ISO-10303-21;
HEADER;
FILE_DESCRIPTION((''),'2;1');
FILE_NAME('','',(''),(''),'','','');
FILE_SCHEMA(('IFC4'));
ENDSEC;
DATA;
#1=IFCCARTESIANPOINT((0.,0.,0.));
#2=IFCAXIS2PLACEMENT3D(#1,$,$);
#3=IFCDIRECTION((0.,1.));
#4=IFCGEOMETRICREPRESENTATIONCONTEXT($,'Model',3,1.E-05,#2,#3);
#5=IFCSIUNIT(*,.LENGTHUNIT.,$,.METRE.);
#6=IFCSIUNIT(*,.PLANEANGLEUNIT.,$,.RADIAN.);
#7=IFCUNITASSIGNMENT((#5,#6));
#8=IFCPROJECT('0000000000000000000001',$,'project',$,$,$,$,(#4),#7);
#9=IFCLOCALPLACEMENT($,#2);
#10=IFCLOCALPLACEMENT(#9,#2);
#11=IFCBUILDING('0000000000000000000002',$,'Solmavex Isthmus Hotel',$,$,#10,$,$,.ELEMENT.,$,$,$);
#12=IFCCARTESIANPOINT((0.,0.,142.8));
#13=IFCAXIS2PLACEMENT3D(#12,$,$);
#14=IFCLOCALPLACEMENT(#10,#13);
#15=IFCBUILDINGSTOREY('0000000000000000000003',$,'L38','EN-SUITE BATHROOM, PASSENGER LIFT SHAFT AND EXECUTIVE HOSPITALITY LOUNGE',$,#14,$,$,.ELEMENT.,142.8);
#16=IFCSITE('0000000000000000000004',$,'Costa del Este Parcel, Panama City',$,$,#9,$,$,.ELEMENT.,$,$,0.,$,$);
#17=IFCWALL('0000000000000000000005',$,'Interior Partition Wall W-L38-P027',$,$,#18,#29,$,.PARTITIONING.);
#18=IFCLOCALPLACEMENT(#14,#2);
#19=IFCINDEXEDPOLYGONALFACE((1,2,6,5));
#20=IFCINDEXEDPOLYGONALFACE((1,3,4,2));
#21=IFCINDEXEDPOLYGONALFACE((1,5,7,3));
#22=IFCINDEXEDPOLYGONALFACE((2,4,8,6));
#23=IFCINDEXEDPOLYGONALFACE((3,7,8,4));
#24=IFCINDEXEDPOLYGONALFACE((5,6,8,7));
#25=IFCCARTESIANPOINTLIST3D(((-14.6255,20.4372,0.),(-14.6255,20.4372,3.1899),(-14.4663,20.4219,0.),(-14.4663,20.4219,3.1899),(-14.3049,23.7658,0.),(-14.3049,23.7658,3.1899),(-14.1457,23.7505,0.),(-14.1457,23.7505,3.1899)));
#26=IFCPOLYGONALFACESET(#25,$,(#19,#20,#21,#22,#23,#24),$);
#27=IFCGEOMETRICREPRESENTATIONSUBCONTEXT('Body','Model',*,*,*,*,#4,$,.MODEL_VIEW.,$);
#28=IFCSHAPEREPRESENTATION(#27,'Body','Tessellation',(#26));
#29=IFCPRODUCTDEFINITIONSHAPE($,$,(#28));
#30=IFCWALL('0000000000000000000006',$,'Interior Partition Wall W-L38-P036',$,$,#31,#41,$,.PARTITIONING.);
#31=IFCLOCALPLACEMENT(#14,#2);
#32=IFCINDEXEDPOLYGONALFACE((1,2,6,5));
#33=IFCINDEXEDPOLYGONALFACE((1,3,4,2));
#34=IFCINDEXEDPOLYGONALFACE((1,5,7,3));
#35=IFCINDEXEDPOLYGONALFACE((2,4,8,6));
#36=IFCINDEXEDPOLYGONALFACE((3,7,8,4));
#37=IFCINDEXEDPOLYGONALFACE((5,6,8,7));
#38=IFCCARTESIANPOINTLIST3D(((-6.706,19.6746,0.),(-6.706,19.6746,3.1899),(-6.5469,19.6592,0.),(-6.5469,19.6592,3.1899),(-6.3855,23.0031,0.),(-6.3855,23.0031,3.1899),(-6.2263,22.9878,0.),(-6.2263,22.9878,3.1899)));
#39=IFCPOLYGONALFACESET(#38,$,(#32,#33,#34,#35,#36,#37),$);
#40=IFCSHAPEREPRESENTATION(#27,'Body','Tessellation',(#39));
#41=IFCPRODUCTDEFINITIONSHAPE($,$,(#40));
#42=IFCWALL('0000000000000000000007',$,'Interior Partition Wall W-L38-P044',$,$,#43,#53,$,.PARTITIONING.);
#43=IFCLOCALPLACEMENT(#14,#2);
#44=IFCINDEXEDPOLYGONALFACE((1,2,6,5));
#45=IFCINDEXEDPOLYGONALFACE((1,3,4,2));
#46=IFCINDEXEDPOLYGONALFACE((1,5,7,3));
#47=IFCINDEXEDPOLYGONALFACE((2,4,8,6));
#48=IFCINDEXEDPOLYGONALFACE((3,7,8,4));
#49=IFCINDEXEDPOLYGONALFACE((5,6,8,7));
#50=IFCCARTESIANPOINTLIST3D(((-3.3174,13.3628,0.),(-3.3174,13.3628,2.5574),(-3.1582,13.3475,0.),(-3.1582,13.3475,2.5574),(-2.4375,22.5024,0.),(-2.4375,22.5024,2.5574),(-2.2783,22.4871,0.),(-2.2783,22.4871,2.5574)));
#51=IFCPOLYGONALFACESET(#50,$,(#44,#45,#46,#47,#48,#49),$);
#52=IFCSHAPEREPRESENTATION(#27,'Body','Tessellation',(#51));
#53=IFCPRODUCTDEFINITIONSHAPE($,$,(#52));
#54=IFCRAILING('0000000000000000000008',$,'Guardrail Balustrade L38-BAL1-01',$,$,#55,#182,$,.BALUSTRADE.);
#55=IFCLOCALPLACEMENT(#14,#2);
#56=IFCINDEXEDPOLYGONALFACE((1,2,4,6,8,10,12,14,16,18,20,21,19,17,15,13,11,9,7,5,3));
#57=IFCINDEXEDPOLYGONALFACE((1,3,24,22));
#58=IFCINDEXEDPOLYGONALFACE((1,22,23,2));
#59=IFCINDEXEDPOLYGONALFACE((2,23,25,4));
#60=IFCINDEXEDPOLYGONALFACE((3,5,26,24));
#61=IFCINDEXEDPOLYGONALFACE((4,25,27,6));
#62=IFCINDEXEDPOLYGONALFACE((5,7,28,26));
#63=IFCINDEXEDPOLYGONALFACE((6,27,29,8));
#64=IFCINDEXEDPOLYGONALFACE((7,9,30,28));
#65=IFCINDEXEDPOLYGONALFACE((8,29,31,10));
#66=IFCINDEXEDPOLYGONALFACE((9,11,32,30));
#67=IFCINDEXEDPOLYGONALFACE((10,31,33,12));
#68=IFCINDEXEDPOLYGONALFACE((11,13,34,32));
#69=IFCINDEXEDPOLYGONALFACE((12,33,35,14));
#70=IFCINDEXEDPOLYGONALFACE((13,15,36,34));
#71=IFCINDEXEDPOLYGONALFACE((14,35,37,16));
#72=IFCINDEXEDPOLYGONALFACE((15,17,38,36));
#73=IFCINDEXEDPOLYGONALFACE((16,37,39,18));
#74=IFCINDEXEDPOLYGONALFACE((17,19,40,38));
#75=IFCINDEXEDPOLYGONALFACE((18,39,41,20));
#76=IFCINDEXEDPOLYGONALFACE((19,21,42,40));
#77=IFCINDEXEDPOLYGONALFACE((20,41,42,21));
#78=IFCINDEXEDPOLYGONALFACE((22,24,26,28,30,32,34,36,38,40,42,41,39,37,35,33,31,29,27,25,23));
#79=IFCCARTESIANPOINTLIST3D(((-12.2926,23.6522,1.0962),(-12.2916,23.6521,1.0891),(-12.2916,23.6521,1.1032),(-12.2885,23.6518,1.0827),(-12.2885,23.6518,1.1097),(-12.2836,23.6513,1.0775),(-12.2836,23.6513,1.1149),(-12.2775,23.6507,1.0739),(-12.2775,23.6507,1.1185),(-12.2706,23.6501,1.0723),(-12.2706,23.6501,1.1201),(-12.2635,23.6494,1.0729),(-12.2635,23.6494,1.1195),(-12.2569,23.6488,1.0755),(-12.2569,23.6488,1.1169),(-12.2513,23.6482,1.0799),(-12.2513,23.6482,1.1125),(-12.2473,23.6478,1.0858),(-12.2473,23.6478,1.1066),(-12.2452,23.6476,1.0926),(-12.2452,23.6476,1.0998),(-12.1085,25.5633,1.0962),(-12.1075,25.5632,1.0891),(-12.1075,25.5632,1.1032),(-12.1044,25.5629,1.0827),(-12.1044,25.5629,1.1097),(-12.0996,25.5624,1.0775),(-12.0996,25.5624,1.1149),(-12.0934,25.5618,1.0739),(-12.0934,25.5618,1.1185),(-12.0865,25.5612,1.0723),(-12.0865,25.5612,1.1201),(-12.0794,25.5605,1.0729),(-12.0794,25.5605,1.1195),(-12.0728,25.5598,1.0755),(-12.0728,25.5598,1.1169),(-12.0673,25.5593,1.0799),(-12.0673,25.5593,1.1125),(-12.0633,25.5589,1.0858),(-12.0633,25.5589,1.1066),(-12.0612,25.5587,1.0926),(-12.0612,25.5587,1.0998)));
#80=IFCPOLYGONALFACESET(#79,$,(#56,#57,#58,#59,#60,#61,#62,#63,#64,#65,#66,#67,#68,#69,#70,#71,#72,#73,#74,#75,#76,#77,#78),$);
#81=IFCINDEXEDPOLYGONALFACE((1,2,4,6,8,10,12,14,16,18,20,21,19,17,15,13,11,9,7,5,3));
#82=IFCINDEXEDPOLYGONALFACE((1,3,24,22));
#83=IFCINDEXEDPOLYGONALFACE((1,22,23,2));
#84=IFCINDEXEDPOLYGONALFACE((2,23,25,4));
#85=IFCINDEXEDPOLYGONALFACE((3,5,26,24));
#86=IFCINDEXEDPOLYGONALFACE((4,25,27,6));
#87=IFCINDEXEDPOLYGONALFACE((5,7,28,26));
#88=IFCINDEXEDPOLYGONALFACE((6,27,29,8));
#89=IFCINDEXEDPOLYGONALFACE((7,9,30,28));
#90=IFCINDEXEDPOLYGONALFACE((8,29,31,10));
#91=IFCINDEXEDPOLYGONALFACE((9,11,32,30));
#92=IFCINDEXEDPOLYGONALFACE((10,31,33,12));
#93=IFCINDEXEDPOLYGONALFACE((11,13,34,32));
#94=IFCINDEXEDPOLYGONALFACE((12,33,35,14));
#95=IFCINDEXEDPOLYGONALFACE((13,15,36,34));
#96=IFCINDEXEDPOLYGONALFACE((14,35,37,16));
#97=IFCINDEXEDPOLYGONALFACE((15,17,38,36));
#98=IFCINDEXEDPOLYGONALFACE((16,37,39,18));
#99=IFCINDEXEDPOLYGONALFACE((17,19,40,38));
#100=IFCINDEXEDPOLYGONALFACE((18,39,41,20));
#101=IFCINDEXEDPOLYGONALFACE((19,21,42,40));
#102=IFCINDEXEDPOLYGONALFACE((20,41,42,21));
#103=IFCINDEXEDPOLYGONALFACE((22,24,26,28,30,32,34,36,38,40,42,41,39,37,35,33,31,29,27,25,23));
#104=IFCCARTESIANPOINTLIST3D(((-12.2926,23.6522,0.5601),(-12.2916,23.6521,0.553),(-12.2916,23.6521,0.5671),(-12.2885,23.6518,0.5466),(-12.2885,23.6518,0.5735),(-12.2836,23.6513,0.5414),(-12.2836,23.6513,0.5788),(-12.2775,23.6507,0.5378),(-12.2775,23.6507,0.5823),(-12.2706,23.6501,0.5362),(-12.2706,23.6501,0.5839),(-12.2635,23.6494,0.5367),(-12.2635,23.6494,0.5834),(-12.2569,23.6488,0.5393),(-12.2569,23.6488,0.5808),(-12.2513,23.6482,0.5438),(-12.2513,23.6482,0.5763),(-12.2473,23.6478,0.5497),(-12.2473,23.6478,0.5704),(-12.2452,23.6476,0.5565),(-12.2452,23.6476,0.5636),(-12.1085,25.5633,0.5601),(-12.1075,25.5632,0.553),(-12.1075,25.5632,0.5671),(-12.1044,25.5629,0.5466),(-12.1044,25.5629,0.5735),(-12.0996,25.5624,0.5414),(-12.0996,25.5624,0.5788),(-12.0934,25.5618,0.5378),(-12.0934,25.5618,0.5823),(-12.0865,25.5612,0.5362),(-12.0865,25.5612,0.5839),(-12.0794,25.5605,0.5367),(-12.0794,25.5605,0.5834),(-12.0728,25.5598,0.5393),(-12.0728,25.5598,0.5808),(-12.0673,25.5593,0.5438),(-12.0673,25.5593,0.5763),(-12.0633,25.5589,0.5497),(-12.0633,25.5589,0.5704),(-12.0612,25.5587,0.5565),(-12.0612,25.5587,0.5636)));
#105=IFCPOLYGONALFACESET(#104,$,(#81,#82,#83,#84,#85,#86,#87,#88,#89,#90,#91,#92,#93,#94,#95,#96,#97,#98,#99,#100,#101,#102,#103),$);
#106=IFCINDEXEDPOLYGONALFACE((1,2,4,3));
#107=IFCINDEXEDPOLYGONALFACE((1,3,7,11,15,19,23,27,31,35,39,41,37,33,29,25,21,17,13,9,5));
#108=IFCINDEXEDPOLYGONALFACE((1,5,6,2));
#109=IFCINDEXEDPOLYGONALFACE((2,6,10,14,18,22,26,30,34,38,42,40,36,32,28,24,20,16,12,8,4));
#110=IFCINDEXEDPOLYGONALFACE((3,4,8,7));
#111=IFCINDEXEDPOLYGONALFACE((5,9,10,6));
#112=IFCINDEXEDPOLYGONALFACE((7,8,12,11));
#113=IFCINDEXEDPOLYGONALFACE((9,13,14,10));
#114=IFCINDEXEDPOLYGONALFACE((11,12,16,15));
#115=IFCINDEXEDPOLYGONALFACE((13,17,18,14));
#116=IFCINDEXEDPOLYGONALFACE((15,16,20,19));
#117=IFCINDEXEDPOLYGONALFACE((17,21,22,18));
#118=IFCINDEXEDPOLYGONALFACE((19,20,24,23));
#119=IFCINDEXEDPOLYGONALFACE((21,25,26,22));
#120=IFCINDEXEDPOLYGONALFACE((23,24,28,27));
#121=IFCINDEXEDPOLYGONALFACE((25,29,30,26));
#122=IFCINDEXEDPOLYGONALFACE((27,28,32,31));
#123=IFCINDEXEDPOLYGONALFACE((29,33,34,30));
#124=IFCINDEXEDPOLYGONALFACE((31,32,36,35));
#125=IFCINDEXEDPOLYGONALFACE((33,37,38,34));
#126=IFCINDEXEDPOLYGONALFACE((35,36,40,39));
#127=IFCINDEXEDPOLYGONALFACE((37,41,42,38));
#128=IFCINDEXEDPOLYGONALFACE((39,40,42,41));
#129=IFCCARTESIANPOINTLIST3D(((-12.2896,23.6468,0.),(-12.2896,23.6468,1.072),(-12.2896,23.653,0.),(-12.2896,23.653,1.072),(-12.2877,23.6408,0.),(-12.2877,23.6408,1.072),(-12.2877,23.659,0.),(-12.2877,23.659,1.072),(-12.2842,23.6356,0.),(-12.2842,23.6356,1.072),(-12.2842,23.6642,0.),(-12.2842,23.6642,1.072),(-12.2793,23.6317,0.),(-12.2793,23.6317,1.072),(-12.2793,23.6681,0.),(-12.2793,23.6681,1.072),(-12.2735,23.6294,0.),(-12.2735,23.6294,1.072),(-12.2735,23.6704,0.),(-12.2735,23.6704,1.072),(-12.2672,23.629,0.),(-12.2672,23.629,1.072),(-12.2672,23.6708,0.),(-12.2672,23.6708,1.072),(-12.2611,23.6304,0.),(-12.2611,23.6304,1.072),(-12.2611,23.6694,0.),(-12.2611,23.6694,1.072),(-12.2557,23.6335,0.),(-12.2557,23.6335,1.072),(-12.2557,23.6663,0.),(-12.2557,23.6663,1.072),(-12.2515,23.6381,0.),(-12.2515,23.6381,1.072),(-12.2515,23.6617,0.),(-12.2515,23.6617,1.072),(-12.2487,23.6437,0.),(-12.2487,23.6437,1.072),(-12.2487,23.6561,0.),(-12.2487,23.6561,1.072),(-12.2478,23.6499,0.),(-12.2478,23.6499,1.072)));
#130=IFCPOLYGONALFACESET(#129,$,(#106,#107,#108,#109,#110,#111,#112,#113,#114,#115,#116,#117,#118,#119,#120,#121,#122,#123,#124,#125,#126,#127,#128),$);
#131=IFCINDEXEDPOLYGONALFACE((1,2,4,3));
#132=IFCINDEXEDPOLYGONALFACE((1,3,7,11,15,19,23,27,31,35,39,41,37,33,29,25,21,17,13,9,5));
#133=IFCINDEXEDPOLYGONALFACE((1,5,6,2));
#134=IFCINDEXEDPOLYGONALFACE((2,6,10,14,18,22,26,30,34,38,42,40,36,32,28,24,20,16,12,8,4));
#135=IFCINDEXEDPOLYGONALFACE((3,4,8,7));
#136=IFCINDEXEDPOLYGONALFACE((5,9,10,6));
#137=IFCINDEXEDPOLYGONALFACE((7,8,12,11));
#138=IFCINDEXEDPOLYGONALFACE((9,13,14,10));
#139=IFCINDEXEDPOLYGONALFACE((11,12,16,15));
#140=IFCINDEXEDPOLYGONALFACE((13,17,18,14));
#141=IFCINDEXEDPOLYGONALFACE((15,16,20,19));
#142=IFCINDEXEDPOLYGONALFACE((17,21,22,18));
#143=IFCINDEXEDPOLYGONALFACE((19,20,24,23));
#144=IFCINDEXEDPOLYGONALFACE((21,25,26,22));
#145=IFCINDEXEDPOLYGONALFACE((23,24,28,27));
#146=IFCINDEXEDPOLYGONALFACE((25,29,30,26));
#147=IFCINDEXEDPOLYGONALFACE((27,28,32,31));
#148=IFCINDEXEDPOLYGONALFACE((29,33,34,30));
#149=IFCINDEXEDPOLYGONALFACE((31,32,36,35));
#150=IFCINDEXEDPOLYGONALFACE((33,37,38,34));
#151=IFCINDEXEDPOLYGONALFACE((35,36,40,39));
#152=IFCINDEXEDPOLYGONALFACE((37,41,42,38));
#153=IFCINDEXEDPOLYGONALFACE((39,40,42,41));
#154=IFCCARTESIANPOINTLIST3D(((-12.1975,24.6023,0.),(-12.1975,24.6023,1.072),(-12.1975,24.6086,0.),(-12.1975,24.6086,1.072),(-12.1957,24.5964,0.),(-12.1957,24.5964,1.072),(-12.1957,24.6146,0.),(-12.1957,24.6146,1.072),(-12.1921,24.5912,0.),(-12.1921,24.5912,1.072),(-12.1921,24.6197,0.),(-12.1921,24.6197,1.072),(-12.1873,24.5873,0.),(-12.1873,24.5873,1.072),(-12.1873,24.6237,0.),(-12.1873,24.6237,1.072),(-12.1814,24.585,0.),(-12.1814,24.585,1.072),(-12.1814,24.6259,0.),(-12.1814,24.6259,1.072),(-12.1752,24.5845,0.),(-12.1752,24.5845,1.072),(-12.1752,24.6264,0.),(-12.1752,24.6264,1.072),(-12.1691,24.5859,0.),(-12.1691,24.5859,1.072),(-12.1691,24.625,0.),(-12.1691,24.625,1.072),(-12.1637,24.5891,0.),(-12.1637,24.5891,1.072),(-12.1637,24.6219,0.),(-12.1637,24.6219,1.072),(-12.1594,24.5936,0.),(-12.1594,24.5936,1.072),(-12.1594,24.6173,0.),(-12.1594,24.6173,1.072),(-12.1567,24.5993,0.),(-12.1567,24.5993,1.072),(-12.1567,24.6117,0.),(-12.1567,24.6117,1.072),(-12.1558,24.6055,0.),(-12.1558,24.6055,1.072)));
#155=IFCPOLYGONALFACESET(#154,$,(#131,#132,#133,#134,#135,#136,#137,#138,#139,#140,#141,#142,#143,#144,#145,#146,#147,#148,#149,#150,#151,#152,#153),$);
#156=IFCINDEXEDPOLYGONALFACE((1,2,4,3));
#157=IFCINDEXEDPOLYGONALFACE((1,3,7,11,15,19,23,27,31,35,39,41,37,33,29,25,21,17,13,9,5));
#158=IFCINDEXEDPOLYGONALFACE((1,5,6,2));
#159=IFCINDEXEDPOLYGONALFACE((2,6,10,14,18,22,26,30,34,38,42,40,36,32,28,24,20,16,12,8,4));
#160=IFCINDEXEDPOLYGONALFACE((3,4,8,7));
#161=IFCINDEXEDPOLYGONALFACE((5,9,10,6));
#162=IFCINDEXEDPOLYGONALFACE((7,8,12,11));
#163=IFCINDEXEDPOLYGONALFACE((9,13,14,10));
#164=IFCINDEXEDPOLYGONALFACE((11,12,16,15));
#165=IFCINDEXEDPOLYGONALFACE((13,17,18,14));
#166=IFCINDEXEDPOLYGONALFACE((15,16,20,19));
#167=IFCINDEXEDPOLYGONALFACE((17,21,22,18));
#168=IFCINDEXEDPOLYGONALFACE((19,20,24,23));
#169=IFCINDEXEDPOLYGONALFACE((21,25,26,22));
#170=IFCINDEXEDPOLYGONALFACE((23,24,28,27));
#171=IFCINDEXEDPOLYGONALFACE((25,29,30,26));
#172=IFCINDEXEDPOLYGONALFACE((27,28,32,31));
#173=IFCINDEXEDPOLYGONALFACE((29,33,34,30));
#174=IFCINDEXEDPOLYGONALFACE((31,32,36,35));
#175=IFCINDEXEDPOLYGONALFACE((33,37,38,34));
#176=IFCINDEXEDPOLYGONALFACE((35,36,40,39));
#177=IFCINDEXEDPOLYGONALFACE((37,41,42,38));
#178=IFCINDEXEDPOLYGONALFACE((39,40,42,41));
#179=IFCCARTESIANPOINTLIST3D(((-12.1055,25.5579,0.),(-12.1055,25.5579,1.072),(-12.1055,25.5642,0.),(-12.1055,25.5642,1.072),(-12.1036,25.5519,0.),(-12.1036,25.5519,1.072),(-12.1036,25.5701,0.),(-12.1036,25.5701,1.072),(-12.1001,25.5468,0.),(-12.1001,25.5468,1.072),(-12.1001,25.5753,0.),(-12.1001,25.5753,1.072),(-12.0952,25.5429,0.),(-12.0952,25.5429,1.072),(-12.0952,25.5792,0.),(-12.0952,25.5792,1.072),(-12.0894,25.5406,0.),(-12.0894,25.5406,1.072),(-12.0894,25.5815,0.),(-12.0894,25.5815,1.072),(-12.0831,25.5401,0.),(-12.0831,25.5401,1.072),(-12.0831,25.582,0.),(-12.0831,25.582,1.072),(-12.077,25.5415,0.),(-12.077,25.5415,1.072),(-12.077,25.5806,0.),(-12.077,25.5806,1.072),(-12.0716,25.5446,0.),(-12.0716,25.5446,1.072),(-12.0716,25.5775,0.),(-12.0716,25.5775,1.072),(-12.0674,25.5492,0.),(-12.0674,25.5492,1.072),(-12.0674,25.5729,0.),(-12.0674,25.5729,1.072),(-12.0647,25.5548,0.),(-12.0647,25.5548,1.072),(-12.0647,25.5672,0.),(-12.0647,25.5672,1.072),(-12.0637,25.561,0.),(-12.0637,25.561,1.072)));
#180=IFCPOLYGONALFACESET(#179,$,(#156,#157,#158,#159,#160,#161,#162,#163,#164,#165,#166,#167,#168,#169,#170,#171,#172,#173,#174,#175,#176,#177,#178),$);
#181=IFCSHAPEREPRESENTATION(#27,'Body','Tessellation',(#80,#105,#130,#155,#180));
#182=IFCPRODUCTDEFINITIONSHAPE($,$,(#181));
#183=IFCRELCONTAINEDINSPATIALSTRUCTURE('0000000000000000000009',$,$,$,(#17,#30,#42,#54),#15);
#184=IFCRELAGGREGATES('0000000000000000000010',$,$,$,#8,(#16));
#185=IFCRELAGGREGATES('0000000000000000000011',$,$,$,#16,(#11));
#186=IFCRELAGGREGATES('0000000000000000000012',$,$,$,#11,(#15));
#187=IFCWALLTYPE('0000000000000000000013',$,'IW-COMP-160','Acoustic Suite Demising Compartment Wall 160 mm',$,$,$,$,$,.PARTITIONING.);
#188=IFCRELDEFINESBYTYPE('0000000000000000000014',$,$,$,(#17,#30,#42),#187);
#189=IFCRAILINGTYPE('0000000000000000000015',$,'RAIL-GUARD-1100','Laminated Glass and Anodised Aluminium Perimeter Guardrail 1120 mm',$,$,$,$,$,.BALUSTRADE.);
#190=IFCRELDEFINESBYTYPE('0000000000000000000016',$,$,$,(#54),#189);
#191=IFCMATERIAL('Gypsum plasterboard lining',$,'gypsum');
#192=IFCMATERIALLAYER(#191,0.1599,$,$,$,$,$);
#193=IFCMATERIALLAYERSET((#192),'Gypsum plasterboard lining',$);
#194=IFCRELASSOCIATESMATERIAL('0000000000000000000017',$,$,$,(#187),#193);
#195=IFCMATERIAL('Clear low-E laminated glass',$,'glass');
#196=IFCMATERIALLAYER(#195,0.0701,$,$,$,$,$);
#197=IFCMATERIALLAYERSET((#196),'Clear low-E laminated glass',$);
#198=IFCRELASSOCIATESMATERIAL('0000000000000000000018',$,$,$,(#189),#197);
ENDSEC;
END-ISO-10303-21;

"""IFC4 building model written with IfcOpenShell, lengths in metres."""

from ifc_helpers import new_model, si_unit, direction, frame, frame_2d, origin, origin_2d, place, context, subcontext, project, spatial, rectangle, circle, extrude, material, layer, layer_set, type_object, element, save


model = new_model("IFC4")

# Units and contexts
model_context = context("Model", 3, precision=1e-05, world=origin(), true_north=direction((0.0, 1.0)))
body_context = subcontext(model_context, "Body", "Model", "MODEL_VIEW")
ifc_project = project(units=[si_unit("LENGTHUNIT", "METRE"), si_unit("PLANEANGLEUNIT", "RADIAN")], contexts=[model_context])

# Site, building, storey
site_placement = place(None, origin())
site = spatial("IfcSite", under=ifc_project, at=site_placement, Name="Costa del Este Parcel, Panama City", CompositionType="ELEMENT", RefElevation=0.0)
building_placement = place(site_placement, origin())
building = spatial("IfcBuilding", under=site, at=building_placement, Name="Solmavex Isthmus Hotel", CompositionType="ELEMENT")
storey_placement = place(building_placement, frame((0.0, 0.0, 142.8)))
storey = spatial("IfcBuildingStorey", under=building, at=storey_placement, Name="L38", Description="EN-SUITE BATHROOM, PASSENGER LIFT SHAFT AND EXECUTIVE HOSPITALITY LOUNGE", CompositionType="ELEMENT", Elevation=142.8)

# Shared definitions
ifc_material_1 = material(Name="Clear low-E laminated glass", Category="glass")

# Walls
ifc_material_2 = material(Name="Gypsum plasterboard lining", Category="gypsum")
ifc_layer_1 = layer(ifc_material_2, 0.1599)
ifc_layer_set_1 = layer_set([ifc_layer_1], Name="Gypsum plasterboard lining")
wall_type_1 = type_object("IfcWallType", Name="IW-COMP-160", Description="Acoustic Suite Demising Compartment Wall 160 mm", PredefinedType="PARTITIONING", material=ifc_layer_set_1)
for number, where, z_axis, x_axis, name in (
    (1, (-14.2253, 23.7581, 0.0), (0.0, 0.0, 1.0), (-0.09586, -0.995395, 0.0), "Interior Partition Wall W-L38-P027"),
    (2, (-6.3059, 22.9954, 0.0), (0.0, 0.0, 1.0), (-0.09586, -0.995395, 0.0), "Interior Partition Wall W-L38-P036"),
):
    element("IfcWall", number, at=place(storey_placement, frame(where, z_axis=z_axis, x_axis=x_axis)), inside=storey, type_object=wall_type_1, Name=name, PredefinedType="PARTITIONING", context=body_context, shape_type="SweptSolid", body=[
        extrude(rectangle(XDim=3.344, YDim=0.1599, at=frame_2d((1.6719, 0.0))), origin(), (0.0, 0.0, 1.0), 3.1899),
    ])
wall_1_placement = place(storey_placement, frame((-2.3579, 22.4946, 0.0), z_axis=(0.0, 0.0, 1.0), x_axis=(-0.095828, -0.995398, 0.0)))
element("IfcWall", 3, at=wall_1_placement, inside=storey, type_object=wall_type_1, Name="Interior Partition Wall W-L38-P044", PredefinedType="PARTITIONING", context=body_context, shape_type="SweptSolid", body=[
    extrude(rectangle(XDim=9.1819, YDim=0.1599, at=frame_2d((4.5908, 0.0))), origin(), (0.0, 0.0, 1.0), 2.5574),
])

# Railing
ifc_layer_2 = layer(ifc_material_1, 0.0701)
ifc_layer_set_2 = layer_set([ifc_layer_2], Name="Clear low-E laminated glass")
railing_type = type_object("IfcRailingType", Name="RAIL-GUARD-1100", Description="Laminated Glass and Anodised Aluminium Perimeter Guardrail 1120 mm", PredefinedType="BALUSTRADE", material=ifc_layer_set_2)
railing_1_placement = place(storey_placement, frame((-12.2688, 23.6499, 0.0)))
element("IfcRailing", 4, at=railing_1_placement, inside=storey, type_object=railing_type, Name="Guardrail Balustrade L38-BAL1-01", PredefinedType="BALUSTRADE", context=body_context, shape_type="SweptSolid", body=[
    extrude(circle(Radius=0.0239, at=origin_2d()), frame((0.0, 0.0, 1.0962), z_axis=(0.095877, 0.995393, 0.0), x_axis=(-0.995393, 0.095877, 0.0)), (0.0, 0.0, 1.0), 1.9199),
    extrude(circle(Radius=0.0239, at=origin_2d()), frame((0.0, 0.0, 0.5601), z_axis=(0.095877, 0.995393, 0.0), x_axis=(-0.995393, 0.095877, 0.0)), (0.0, 0.0, 1.0), 1.9199),
    extrude(circle(Radius=0.021, at=origin_2d()), origin(), (0.0, 0.0, 1.0), 1.072),
    extrude(circle(Radius=0.021, at=origin_2d()), frame((0.092, 0.9556, 0.0)), (0.0, 0.0, 1.0), 1.072),
    extrude(circle(Radius=0.021, at=origin_2d()), frame((0.1841, 1.9111, 0.0)), (0.0, 0.0, 1.0), 1.072),
])

save(model, "model.ifc")
